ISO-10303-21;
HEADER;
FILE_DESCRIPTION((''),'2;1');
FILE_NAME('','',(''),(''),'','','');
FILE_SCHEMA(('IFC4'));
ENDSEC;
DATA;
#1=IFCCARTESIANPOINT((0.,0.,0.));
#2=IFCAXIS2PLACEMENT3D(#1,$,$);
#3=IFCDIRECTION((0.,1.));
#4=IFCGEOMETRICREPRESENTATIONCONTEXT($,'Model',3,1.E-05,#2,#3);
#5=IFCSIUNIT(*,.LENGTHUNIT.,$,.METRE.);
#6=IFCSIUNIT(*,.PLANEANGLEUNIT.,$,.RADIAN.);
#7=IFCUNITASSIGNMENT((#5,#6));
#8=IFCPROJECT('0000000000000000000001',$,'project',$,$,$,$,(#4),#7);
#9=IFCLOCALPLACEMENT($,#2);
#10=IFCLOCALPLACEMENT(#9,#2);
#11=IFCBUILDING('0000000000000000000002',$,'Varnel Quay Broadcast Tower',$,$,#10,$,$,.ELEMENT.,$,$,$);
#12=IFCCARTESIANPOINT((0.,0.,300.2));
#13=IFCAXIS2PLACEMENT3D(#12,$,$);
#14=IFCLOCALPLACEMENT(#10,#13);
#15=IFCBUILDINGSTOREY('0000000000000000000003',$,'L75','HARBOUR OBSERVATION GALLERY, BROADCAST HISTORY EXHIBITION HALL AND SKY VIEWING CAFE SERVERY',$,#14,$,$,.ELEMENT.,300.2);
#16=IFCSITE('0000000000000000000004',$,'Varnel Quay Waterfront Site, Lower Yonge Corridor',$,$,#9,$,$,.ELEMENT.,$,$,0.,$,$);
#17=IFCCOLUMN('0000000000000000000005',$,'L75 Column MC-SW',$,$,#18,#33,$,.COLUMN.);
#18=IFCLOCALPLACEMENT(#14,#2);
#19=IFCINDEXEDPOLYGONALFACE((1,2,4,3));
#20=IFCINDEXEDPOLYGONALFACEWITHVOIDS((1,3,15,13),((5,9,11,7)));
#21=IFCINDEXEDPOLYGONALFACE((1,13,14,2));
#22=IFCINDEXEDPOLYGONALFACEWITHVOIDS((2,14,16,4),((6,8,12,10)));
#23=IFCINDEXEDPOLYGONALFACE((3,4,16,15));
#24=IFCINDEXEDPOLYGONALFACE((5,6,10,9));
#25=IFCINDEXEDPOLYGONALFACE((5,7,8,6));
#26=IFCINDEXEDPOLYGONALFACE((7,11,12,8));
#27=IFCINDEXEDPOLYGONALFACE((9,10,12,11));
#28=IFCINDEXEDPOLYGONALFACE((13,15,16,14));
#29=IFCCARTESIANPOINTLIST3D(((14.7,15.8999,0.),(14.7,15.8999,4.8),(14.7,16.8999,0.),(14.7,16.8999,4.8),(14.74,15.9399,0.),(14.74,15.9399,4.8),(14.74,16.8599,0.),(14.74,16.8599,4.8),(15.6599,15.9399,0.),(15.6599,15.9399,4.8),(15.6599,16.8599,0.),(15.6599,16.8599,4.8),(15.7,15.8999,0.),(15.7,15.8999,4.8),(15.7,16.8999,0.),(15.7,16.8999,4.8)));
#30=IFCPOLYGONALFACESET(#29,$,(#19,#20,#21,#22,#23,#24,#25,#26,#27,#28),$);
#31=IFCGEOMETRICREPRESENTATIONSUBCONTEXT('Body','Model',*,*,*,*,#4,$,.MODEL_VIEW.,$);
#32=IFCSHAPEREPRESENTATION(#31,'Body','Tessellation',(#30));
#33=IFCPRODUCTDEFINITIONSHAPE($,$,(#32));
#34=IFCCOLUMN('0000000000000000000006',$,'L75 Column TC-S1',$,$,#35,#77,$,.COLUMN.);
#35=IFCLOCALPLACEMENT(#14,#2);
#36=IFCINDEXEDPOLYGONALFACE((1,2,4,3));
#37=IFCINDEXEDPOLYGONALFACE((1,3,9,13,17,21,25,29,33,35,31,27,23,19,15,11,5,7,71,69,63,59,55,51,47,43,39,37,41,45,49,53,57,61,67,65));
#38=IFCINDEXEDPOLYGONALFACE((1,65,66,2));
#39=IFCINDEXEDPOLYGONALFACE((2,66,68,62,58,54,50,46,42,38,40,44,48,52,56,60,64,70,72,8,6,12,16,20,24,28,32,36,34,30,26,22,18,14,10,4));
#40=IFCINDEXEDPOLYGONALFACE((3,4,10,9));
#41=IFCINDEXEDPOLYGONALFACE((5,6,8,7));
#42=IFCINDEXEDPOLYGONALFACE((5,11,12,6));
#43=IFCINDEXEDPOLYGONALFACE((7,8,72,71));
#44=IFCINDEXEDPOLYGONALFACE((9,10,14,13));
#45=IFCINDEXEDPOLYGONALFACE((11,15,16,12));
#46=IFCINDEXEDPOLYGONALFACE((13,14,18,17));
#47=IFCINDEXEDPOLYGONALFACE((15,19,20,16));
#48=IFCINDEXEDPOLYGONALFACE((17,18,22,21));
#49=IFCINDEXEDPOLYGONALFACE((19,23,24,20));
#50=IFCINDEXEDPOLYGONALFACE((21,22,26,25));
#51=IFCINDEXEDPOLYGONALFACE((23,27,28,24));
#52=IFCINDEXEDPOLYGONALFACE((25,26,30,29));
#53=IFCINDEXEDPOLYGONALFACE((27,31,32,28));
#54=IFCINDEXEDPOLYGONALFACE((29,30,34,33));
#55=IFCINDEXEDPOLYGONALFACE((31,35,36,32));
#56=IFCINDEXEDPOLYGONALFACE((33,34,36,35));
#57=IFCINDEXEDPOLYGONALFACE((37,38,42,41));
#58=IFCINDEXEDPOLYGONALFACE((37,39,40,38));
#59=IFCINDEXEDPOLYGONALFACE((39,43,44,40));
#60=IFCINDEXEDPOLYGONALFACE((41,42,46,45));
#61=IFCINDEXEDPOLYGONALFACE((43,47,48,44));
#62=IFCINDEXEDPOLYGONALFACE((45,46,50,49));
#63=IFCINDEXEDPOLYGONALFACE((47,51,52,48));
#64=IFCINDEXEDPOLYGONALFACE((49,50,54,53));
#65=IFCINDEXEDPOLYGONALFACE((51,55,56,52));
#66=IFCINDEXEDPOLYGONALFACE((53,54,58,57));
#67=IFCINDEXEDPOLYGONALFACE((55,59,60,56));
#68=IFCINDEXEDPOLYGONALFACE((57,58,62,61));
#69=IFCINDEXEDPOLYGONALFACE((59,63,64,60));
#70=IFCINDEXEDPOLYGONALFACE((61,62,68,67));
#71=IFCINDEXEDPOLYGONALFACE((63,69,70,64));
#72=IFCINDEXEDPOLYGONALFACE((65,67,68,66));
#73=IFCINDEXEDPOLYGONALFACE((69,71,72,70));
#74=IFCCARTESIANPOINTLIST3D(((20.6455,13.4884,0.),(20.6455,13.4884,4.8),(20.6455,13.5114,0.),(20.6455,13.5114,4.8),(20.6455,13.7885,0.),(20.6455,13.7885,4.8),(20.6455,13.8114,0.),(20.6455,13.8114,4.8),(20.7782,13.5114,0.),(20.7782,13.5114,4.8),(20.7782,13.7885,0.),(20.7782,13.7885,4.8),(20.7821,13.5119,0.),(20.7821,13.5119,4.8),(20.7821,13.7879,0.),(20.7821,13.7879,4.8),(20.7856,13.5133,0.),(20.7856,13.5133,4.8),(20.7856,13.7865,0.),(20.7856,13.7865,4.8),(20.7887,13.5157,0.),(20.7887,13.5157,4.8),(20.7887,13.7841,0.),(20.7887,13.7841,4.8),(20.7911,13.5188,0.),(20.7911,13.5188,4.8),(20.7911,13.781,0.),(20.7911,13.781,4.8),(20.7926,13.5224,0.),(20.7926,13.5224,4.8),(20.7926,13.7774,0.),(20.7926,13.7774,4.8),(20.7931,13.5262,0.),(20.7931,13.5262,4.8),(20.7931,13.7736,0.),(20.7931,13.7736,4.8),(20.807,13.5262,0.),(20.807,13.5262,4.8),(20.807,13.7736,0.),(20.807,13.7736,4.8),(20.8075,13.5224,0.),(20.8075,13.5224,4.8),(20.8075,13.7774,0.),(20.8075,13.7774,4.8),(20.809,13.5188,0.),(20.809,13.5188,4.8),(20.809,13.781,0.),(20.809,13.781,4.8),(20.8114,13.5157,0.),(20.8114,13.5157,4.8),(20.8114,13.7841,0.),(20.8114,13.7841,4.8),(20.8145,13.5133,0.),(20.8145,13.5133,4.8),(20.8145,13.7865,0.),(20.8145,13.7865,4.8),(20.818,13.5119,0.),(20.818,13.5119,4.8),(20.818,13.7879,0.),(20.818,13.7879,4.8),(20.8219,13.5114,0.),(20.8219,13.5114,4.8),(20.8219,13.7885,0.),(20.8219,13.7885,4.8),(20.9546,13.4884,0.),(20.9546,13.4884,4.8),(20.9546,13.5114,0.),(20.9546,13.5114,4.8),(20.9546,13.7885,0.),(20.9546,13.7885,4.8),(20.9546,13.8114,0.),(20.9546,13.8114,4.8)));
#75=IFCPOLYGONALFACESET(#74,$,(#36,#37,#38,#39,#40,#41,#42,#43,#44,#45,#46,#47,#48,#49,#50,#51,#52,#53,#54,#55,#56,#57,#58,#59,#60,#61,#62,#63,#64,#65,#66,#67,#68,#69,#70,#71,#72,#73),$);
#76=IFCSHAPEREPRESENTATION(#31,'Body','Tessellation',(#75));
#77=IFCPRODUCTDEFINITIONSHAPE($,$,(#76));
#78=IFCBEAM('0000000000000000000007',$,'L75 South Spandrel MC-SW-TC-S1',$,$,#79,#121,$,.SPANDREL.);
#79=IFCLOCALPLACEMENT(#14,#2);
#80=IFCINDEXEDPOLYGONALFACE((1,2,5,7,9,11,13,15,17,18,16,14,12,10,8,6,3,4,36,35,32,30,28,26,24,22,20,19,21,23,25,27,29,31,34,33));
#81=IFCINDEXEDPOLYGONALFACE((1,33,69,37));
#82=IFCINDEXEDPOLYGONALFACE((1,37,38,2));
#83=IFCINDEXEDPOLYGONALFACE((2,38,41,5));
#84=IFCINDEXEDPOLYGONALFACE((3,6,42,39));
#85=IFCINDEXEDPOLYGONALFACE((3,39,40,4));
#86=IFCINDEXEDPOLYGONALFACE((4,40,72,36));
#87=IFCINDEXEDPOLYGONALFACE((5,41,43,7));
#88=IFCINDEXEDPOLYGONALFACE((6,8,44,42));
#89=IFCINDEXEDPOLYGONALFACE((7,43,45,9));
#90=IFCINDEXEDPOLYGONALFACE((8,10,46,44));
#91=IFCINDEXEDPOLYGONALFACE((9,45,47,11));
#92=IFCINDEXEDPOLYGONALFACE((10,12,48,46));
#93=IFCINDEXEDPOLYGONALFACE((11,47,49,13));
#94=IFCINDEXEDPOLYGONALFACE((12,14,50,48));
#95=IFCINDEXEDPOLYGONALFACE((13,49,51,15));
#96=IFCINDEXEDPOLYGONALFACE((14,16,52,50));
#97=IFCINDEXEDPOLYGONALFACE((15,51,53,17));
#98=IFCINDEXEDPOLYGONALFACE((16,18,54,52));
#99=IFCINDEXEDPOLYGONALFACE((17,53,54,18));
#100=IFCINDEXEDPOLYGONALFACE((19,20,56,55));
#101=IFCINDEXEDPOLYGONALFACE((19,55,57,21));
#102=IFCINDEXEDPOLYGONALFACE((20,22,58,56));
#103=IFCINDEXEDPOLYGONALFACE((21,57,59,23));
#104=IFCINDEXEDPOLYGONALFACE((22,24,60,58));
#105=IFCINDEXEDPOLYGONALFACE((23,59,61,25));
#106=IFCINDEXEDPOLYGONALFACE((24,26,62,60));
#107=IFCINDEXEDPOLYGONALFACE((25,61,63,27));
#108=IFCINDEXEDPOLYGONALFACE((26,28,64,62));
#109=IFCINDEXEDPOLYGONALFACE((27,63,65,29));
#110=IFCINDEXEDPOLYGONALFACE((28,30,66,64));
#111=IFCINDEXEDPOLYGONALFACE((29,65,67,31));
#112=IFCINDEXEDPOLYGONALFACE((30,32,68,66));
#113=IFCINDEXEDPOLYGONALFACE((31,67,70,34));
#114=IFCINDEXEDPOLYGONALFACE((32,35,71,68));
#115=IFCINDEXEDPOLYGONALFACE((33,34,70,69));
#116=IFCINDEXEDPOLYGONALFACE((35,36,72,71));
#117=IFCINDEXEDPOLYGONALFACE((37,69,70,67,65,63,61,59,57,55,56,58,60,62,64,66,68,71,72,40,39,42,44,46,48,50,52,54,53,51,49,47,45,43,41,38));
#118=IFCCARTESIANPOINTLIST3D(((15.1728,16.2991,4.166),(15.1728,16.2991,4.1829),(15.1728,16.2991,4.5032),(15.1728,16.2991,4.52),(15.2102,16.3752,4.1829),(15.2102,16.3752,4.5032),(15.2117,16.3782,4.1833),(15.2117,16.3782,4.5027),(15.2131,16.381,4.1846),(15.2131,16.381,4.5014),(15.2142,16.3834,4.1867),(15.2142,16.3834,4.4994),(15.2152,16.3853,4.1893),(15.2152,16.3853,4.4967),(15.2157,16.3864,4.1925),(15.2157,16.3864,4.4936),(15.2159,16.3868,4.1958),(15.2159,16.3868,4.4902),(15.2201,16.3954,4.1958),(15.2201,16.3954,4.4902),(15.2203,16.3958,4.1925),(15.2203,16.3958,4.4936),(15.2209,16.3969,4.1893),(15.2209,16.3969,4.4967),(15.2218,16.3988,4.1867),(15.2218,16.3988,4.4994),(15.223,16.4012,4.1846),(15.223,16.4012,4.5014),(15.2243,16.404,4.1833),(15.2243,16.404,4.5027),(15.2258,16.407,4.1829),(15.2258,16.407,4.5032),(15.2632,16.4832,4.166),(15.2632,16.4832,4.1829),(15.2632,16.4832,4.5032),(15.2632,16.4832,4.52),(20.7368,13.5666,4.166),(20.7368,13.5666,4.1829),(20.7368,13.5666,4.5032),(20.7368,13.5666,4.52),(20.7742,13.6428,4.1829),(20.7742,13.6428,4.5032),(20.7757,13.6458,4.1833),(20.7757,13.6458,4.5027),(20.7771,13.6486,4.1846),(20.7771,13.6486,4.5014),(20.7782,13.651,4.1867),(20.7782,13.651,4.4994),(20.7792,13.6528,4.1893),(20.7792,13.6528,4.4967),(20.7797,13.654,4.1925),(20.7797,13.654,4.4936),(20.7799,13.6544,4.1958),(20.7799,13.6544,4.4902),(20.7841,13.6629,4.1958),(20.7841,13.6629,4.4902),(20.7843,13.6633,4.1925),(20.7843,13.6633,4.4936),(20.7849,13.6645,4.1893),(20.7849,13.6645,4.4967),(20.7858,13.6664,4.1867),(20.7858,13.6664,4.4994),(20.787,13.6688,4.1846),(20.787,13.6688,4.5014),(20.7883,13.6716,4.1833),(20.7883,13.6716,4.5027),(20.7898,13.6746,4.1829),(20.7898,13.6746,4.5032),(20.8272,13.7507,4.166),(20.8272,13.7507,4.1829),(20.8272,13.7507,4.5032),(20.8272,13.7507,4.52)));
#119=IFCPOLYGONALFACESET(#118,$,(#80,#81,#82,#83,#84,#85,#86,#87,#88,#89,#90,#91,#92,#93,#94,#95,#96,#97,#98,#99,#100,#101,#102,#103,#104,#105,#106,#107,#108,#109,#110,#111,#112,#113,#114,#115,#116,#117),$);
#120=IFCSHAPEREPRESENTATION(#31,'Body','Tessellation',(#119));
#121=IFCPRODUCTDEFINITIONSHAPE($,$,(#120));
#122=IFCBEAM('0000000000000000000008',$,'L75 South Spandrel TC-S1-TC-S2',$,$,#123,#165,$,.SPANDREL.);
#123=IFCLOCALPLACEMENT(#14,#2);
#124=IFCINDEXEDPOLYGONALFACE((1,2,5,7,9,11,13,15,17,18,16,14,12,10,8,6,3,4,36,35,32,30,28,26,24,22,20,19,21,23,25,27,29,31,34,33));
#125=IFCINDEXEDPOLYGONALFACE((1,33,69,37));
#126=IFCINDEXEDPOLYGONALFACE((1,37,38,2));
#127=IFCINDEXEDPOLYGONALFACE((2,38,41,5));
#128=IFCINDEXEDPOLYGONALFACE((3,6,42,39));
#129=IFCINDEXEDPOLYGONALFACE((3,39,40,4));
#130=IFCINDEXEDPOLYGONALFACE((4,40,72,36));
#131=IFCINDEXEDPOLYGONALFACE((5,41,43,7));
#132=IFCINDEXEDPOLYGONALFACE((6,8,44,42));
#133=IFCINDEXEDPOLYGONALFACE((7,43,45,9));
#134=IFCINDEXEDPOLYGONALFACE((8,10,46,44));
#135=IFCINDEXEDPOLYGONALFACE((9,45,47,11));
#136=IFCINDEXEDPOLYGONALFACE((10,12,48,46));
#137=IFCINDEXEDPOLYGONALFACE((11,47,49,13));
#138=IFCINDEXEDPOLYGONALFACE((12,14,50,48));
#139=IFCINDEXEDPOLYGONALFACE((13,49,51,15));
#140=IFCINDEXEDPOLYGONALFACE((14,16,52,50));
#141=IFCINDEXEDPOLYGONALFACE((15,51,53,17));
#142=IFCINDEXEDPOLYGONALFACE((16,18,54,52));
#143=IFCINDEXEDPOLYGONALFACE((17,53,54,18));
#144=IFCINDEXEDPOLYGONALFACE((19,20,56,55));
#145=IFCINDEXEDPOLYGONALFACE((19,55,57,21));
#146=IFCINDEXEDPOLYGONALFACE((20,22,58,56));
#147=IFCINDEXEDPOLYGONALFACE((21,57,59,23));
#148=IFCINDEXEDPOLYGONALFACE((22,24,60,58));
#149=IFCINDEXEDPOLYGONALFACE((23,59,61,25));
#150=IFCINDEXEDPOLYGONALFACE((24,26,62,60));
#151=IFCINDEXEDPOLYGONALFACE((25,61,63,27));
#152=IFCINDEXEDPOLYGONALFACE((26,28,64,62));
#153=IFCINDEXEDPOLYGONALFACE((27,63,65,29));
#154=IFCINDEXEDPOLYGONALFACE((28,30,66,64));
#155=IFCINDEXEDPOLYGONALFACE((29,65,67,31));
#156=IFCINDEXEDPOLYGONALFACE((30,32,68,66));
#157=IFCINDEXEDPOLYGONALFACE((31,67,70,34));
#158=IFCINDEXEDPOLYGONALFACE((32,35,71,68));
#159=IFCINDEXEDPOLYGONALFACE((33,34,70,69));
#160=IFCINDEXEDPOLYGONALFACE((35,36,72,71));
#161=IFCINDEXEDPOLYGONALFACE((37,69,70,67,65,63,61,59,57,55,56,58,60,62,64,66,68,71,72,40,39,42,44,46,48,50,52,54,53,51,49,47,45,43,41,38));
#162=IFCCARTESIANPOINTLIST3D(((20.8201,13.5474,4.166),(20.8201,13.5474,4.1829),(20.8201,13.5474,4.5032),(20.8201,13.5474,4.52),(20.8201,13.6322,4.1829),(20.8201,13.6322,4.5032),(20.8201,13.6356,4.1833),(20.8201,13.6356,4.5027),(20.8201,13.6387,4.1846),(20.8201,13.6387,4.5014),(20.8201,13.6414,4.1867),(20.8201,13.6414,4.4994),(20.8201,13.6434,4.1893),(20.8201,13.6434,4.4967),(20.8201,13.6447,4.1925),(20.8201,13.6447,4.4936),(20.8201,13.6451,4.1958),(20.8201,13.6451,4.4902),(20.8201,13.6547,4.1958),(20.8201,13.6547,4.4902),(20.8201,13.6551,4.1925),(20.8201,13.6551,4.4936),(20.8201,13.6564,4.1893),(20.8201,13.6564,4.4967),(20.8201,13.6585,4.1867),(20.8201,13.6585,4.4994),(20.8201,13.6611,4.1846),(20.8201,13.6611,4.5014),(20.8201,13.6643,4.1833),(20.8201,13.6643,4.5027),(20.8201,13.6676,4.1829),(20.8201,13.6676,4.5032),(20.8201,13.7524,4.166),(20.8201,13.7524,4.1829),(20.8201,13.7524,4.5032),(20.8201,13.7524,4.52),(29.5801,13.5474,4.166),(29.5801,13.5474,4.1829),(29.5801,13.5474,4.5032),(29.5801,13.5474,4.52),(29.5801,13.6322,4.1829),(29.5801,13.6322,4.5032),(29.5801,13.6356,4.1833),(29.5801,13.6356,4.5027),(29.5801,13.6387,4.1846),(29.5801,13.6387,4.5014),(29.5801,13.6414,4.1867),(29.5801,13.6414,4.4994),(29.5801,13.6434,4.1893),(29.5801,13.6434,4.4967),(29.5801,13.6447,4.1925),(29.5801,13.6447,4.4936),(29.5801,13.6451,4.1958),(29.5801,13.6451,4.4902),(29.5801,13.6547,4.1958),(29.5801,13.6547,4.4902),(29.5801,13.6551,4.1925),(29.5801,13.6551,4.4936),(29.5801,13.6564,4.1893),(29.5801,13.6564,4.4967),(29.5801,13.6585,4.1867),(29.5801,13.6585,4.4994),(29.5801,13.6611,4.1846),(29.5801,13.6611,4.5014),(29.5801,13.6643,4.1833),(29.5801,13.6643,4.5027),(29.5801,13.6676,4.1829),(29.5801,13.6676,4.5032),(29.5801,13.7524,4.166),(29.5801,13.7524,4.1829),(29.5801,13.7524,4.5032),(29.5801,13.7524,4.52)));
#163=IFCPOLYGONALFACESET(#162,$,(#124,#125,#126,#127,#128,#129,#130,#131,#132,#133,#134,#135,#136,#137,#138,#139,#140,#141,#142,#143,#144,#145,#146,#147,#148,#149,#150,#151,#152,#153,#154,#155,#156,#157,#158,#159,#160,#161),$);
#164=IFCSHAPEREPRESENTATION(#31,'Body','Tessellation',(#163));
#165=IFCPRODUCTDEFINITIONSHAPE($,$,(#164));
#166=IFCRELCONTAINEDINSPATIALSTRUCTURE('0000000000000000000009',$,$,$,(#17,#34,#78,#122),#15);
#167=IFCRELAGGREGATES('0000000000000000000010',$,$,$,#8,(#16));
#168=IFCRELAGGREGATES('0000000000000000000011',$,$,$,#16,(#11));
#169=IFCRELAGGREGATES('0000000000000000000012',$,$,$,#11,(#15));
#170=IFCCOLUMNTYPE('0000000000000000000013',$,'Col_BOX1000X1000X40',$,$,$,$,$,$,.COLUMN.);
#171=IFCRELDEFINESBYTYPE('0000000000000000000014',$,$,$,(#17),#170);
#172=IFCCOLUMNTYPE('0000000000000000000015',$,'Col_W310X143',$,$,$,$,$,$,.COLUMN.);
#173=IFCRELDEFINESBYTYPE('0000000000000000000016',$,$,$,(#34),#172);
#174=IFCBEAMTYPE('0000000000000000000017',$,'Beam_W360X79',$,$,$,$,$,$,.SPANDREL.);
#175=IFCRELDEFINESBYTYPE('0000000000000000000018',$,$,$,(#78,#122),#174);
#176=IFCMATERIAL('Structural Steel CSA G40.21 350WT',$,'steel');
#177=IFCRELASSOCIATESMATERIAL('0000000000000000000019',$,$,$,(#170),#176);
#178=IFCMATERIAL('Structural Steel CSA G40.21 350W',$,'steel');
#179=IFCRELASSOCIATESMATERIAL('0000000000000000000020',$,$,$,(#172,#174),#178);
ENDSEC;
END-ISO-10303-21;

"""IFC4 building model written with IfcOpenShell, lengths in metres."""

from ifc_helpers import new_model, si_unit, direction, frame, origin, origin_2d, place, context, subcontext, project, spatial, hollow_rectangle, i_section, extrude, source, transform, mapped, material, material_profile, profile_set, type_object, type_shapes, element, save


model = new_model("IFC4")

# Units and contexts
model_context = context("Model", 3, precision=1e-05, world=origin(), true_north=direction((0.0, 1.0)))
body_context = subcontext(model_context, "Body", "Model", "MODEL_VIEW")
ifc_project = project(units=[si_unit("LENGTHUNIT", "METRE"), si_unit("PLANEANGLEUNIT", "RADIAN")], contexts=[model_context])

# Site, building, storey
site_placement = place(None, origin())
site = spatial("IfcSite", under=ifc_project, at=site_placement, Name="Varnel Quay Waterfront Site, Lower Yonge Corridor", CompositionType="ELEMENT", RefElevation=0.0)
building_placement = place(site_placement, origin())
building = spatial("IfcBuilding", under=site, at=building_placement, Name="Varnel Quay Broadcast Tower", CompositionType="ELEMENT")
storey_placement = place(building_placement, frame((0.0, 0.0, 300.2)))
storey = spatial("IfcBuildingStorey", under=building, at=storey_placement, Name="L75", Description="HARBOUR OBSERVATION GALLERY, BROADCAST HISTORY EXHIBITION HALL AND SKY VIEWING CAFE SERVERY", CompositionType="ELEMENT", Elevation=300.2)

# Columns
ifc_material_1 = material(Name="Structural Steel CSA G40.21 350WT", Category="steel")
ifc_material_profile_1 = material_profile(ifc_material_1, hollow_rectangle(XDim=1.0, YDim=1.0, WallThickness=0.04, at=origin_2d()), Name="BOX1000X1000X40")
ifc_profile_set_1 = profile_set([ifc_material_profile_1], Name="Structural Steel CSA G40.21 350WT")
column_type_1 = type_object("IfcColumnType", Name="Col_BOX1000X1000X40", PredefinedType="COLUMN", material=ifc_profile_set_1)
shared_shape_1 = source(origin(), body_context, "Body", "SweptSolid", [
    extrude(hollow_rectangle(XDim=1.0, YDim=1.0, WallThickness=0.04, at=origin_2d()), origin(), (0.0, 0.0, 1.0), 4.8),
])
type_shapes(column_type_1, [shared_shape_1])
column_1_placement = place(storey_placement, frame((15.2, 16.3999, 0.0), z_axis=(0.0, 0.0, 1.0), x_axis=(1.0, 0.0, 0.0)))
element("IfcColumn", 1, at=column_1_placement, inside=storey, type_object=column_type_1, Name="L75 Column MC-SW", PredefinedType="COLUMN", context=body_context, shape_type="MappedRepresentation", body=[
    mapped(shared_shape_1, transform((0.0, 0.0, 0.0), x_axis=(1.0, 0.0, 0.0), y_axis=(0.0, 1.0, 0.0), z_axis=(0.0, 0.0, 1.0), scale=1.0)),
])
ifc_material_2 = material(Name="Structural Steel CSA G40.21 350W", Category="steel")
ifc_material_profile_2 = material_profile(ifc_material_2, i_section(OverallWidth=0.3091, OverallDepth=0.323, WebThickness=0.0139, FlangeThickness=0.0229, FilletRadius=0.0149, at=origin_2d()), Name="W310X143")
ifc_profile_set_2 = profile_set([ifc_material_profile_2], Name="Structural Steel CSA G40.21 350W")
column_type_2 = type_object("IfcColumnType", Name="Col_W310X143", PredefinedType="COLUMN", material=ifc_profile_set_2)
shared_shape_2 = source(origin(), body_context, "Body", "SweptSolid", [
    extrude(i_section(OverallWidth=0.3091, OverallDepth=0.323, WebThickness=0.0139, FlangeThickness=0.0229, FilletRadius=0.0149, at=origin_2d()), origin(), (0.0, 0.0, 1.0), 4.8),
])
type_shapes(column_type_2, [shared_shape_2])
column_2_placement = place(storey_placement, frame((20.8, 13.6499, 0.0), z_axis=(0.0, 0.0, 1.0), x_axis=(1.0, 0.0, 0.0)))
element("IfcColumn", 2, at=column_2_placement, inside=storey, type_object=column_type_2, Name="L75 Column TC-S1", PredefinedType="COLUMN", context=body_context, shape_type="MappedRepresentation", body=[
    mapped(shared_shape_2, transform((0.0, 0.0, 0.0), x_axis=(1.0, 0.0, 0.0), y_axis=(0.0, 1.0, 0.0), z_axis=(0.0, 0.0, 1.0), scale=1.0)),
])

# Beams
ifc_material_profile_3 = material_profile(ifc_material_2, i_section(OverallWidth=0.2051, OverallDepth=0.354, WebThickness=0.0095, FlangeThickness=0.0168, FilletRadius=0.0129, at=origin_2d()), Name="W360X79")
ifc_profile_set_3 = profile_set([ifc_material_profile_3], Name="Structural Steel CSA G40.21 350W")
beam_type_1 = type_object("IfcBeamType", Name="Beam_W360X79", PredefinedType="SPANDREL", material=ifc_profile_set_3)
shared_shape_3 = source(origin(), body_context, "Body", "SweptSolid", [
    extrude(i_section(OverallWidth=0.2051, OverallDepth=0.354, WebThickness=0.0095, FlangeThickness=0.0168, FilletRadius=0.0129, at=origin_2d()), origin(), (0.0, 0.0, 1.0), 6.1987),
])
beam_1_placement = place(storey_placement, frame((15.218, 16.3911, 4.343), z_axis=(0.897602, -0.440806, 0.0), x_axis=(0.440806, 0.897602, 0.0)))
element("IfcBeam", 3, at=beam_1_placement, inside=storey, type_object=beam_type_1, Name="L75 South Spandrel MC-SW-TC-S1", PredefinedType="SPANDREL", context=body_context, shape_type="MappedRepresentation", body=[
    mapped(shared_shape_3, transform((0.0, 0.0, 0.0), x_axis=(1.0, 0.0, 0.0), y_axis=(0.0, 1.0, 0.0), z_axis=(0.0, 0.0, 1.0), scale=1.0)),
])
shared_shape_4 = source(origin(), body_context, "Body", "SweptSolid", [
    extrude(i_section(OverallWidth=0.2051, OverallDepth=0.354, WebThickness=0.0095, FlangeThickness=0.0168, FilletRadius=0.0129, at=origin_2d()), origin(), (0.0, 0.0, 1.0), 8.76),
])
beam_2_placement = place(storey_placement, frame((20.8201, 13.6499, 4.343), z_axis=(1.0, 0.0, 0.0), x_axis=(0.0, 1.0, 0.0)))
element("IfcBeam", 4, at=beam_2_placement, inside=storey, type_object=beam_type_1, Name="L75 South Spandrel TC-S1-TC-S2", PredefinedType="SPANDREL", context=body_context, shape_type="MappedRepresentation", body=[
    mapped(shared_shape_4, transform((0.0, 0.0, 0.0), x_axis=(1.0, 0.0, 0.0), y_axis=(0.0, 1.0, 0.0), z_axis=(0.0, 0.0, 1.0), scale=1.0)),
])

save(model, "model.ifc")
